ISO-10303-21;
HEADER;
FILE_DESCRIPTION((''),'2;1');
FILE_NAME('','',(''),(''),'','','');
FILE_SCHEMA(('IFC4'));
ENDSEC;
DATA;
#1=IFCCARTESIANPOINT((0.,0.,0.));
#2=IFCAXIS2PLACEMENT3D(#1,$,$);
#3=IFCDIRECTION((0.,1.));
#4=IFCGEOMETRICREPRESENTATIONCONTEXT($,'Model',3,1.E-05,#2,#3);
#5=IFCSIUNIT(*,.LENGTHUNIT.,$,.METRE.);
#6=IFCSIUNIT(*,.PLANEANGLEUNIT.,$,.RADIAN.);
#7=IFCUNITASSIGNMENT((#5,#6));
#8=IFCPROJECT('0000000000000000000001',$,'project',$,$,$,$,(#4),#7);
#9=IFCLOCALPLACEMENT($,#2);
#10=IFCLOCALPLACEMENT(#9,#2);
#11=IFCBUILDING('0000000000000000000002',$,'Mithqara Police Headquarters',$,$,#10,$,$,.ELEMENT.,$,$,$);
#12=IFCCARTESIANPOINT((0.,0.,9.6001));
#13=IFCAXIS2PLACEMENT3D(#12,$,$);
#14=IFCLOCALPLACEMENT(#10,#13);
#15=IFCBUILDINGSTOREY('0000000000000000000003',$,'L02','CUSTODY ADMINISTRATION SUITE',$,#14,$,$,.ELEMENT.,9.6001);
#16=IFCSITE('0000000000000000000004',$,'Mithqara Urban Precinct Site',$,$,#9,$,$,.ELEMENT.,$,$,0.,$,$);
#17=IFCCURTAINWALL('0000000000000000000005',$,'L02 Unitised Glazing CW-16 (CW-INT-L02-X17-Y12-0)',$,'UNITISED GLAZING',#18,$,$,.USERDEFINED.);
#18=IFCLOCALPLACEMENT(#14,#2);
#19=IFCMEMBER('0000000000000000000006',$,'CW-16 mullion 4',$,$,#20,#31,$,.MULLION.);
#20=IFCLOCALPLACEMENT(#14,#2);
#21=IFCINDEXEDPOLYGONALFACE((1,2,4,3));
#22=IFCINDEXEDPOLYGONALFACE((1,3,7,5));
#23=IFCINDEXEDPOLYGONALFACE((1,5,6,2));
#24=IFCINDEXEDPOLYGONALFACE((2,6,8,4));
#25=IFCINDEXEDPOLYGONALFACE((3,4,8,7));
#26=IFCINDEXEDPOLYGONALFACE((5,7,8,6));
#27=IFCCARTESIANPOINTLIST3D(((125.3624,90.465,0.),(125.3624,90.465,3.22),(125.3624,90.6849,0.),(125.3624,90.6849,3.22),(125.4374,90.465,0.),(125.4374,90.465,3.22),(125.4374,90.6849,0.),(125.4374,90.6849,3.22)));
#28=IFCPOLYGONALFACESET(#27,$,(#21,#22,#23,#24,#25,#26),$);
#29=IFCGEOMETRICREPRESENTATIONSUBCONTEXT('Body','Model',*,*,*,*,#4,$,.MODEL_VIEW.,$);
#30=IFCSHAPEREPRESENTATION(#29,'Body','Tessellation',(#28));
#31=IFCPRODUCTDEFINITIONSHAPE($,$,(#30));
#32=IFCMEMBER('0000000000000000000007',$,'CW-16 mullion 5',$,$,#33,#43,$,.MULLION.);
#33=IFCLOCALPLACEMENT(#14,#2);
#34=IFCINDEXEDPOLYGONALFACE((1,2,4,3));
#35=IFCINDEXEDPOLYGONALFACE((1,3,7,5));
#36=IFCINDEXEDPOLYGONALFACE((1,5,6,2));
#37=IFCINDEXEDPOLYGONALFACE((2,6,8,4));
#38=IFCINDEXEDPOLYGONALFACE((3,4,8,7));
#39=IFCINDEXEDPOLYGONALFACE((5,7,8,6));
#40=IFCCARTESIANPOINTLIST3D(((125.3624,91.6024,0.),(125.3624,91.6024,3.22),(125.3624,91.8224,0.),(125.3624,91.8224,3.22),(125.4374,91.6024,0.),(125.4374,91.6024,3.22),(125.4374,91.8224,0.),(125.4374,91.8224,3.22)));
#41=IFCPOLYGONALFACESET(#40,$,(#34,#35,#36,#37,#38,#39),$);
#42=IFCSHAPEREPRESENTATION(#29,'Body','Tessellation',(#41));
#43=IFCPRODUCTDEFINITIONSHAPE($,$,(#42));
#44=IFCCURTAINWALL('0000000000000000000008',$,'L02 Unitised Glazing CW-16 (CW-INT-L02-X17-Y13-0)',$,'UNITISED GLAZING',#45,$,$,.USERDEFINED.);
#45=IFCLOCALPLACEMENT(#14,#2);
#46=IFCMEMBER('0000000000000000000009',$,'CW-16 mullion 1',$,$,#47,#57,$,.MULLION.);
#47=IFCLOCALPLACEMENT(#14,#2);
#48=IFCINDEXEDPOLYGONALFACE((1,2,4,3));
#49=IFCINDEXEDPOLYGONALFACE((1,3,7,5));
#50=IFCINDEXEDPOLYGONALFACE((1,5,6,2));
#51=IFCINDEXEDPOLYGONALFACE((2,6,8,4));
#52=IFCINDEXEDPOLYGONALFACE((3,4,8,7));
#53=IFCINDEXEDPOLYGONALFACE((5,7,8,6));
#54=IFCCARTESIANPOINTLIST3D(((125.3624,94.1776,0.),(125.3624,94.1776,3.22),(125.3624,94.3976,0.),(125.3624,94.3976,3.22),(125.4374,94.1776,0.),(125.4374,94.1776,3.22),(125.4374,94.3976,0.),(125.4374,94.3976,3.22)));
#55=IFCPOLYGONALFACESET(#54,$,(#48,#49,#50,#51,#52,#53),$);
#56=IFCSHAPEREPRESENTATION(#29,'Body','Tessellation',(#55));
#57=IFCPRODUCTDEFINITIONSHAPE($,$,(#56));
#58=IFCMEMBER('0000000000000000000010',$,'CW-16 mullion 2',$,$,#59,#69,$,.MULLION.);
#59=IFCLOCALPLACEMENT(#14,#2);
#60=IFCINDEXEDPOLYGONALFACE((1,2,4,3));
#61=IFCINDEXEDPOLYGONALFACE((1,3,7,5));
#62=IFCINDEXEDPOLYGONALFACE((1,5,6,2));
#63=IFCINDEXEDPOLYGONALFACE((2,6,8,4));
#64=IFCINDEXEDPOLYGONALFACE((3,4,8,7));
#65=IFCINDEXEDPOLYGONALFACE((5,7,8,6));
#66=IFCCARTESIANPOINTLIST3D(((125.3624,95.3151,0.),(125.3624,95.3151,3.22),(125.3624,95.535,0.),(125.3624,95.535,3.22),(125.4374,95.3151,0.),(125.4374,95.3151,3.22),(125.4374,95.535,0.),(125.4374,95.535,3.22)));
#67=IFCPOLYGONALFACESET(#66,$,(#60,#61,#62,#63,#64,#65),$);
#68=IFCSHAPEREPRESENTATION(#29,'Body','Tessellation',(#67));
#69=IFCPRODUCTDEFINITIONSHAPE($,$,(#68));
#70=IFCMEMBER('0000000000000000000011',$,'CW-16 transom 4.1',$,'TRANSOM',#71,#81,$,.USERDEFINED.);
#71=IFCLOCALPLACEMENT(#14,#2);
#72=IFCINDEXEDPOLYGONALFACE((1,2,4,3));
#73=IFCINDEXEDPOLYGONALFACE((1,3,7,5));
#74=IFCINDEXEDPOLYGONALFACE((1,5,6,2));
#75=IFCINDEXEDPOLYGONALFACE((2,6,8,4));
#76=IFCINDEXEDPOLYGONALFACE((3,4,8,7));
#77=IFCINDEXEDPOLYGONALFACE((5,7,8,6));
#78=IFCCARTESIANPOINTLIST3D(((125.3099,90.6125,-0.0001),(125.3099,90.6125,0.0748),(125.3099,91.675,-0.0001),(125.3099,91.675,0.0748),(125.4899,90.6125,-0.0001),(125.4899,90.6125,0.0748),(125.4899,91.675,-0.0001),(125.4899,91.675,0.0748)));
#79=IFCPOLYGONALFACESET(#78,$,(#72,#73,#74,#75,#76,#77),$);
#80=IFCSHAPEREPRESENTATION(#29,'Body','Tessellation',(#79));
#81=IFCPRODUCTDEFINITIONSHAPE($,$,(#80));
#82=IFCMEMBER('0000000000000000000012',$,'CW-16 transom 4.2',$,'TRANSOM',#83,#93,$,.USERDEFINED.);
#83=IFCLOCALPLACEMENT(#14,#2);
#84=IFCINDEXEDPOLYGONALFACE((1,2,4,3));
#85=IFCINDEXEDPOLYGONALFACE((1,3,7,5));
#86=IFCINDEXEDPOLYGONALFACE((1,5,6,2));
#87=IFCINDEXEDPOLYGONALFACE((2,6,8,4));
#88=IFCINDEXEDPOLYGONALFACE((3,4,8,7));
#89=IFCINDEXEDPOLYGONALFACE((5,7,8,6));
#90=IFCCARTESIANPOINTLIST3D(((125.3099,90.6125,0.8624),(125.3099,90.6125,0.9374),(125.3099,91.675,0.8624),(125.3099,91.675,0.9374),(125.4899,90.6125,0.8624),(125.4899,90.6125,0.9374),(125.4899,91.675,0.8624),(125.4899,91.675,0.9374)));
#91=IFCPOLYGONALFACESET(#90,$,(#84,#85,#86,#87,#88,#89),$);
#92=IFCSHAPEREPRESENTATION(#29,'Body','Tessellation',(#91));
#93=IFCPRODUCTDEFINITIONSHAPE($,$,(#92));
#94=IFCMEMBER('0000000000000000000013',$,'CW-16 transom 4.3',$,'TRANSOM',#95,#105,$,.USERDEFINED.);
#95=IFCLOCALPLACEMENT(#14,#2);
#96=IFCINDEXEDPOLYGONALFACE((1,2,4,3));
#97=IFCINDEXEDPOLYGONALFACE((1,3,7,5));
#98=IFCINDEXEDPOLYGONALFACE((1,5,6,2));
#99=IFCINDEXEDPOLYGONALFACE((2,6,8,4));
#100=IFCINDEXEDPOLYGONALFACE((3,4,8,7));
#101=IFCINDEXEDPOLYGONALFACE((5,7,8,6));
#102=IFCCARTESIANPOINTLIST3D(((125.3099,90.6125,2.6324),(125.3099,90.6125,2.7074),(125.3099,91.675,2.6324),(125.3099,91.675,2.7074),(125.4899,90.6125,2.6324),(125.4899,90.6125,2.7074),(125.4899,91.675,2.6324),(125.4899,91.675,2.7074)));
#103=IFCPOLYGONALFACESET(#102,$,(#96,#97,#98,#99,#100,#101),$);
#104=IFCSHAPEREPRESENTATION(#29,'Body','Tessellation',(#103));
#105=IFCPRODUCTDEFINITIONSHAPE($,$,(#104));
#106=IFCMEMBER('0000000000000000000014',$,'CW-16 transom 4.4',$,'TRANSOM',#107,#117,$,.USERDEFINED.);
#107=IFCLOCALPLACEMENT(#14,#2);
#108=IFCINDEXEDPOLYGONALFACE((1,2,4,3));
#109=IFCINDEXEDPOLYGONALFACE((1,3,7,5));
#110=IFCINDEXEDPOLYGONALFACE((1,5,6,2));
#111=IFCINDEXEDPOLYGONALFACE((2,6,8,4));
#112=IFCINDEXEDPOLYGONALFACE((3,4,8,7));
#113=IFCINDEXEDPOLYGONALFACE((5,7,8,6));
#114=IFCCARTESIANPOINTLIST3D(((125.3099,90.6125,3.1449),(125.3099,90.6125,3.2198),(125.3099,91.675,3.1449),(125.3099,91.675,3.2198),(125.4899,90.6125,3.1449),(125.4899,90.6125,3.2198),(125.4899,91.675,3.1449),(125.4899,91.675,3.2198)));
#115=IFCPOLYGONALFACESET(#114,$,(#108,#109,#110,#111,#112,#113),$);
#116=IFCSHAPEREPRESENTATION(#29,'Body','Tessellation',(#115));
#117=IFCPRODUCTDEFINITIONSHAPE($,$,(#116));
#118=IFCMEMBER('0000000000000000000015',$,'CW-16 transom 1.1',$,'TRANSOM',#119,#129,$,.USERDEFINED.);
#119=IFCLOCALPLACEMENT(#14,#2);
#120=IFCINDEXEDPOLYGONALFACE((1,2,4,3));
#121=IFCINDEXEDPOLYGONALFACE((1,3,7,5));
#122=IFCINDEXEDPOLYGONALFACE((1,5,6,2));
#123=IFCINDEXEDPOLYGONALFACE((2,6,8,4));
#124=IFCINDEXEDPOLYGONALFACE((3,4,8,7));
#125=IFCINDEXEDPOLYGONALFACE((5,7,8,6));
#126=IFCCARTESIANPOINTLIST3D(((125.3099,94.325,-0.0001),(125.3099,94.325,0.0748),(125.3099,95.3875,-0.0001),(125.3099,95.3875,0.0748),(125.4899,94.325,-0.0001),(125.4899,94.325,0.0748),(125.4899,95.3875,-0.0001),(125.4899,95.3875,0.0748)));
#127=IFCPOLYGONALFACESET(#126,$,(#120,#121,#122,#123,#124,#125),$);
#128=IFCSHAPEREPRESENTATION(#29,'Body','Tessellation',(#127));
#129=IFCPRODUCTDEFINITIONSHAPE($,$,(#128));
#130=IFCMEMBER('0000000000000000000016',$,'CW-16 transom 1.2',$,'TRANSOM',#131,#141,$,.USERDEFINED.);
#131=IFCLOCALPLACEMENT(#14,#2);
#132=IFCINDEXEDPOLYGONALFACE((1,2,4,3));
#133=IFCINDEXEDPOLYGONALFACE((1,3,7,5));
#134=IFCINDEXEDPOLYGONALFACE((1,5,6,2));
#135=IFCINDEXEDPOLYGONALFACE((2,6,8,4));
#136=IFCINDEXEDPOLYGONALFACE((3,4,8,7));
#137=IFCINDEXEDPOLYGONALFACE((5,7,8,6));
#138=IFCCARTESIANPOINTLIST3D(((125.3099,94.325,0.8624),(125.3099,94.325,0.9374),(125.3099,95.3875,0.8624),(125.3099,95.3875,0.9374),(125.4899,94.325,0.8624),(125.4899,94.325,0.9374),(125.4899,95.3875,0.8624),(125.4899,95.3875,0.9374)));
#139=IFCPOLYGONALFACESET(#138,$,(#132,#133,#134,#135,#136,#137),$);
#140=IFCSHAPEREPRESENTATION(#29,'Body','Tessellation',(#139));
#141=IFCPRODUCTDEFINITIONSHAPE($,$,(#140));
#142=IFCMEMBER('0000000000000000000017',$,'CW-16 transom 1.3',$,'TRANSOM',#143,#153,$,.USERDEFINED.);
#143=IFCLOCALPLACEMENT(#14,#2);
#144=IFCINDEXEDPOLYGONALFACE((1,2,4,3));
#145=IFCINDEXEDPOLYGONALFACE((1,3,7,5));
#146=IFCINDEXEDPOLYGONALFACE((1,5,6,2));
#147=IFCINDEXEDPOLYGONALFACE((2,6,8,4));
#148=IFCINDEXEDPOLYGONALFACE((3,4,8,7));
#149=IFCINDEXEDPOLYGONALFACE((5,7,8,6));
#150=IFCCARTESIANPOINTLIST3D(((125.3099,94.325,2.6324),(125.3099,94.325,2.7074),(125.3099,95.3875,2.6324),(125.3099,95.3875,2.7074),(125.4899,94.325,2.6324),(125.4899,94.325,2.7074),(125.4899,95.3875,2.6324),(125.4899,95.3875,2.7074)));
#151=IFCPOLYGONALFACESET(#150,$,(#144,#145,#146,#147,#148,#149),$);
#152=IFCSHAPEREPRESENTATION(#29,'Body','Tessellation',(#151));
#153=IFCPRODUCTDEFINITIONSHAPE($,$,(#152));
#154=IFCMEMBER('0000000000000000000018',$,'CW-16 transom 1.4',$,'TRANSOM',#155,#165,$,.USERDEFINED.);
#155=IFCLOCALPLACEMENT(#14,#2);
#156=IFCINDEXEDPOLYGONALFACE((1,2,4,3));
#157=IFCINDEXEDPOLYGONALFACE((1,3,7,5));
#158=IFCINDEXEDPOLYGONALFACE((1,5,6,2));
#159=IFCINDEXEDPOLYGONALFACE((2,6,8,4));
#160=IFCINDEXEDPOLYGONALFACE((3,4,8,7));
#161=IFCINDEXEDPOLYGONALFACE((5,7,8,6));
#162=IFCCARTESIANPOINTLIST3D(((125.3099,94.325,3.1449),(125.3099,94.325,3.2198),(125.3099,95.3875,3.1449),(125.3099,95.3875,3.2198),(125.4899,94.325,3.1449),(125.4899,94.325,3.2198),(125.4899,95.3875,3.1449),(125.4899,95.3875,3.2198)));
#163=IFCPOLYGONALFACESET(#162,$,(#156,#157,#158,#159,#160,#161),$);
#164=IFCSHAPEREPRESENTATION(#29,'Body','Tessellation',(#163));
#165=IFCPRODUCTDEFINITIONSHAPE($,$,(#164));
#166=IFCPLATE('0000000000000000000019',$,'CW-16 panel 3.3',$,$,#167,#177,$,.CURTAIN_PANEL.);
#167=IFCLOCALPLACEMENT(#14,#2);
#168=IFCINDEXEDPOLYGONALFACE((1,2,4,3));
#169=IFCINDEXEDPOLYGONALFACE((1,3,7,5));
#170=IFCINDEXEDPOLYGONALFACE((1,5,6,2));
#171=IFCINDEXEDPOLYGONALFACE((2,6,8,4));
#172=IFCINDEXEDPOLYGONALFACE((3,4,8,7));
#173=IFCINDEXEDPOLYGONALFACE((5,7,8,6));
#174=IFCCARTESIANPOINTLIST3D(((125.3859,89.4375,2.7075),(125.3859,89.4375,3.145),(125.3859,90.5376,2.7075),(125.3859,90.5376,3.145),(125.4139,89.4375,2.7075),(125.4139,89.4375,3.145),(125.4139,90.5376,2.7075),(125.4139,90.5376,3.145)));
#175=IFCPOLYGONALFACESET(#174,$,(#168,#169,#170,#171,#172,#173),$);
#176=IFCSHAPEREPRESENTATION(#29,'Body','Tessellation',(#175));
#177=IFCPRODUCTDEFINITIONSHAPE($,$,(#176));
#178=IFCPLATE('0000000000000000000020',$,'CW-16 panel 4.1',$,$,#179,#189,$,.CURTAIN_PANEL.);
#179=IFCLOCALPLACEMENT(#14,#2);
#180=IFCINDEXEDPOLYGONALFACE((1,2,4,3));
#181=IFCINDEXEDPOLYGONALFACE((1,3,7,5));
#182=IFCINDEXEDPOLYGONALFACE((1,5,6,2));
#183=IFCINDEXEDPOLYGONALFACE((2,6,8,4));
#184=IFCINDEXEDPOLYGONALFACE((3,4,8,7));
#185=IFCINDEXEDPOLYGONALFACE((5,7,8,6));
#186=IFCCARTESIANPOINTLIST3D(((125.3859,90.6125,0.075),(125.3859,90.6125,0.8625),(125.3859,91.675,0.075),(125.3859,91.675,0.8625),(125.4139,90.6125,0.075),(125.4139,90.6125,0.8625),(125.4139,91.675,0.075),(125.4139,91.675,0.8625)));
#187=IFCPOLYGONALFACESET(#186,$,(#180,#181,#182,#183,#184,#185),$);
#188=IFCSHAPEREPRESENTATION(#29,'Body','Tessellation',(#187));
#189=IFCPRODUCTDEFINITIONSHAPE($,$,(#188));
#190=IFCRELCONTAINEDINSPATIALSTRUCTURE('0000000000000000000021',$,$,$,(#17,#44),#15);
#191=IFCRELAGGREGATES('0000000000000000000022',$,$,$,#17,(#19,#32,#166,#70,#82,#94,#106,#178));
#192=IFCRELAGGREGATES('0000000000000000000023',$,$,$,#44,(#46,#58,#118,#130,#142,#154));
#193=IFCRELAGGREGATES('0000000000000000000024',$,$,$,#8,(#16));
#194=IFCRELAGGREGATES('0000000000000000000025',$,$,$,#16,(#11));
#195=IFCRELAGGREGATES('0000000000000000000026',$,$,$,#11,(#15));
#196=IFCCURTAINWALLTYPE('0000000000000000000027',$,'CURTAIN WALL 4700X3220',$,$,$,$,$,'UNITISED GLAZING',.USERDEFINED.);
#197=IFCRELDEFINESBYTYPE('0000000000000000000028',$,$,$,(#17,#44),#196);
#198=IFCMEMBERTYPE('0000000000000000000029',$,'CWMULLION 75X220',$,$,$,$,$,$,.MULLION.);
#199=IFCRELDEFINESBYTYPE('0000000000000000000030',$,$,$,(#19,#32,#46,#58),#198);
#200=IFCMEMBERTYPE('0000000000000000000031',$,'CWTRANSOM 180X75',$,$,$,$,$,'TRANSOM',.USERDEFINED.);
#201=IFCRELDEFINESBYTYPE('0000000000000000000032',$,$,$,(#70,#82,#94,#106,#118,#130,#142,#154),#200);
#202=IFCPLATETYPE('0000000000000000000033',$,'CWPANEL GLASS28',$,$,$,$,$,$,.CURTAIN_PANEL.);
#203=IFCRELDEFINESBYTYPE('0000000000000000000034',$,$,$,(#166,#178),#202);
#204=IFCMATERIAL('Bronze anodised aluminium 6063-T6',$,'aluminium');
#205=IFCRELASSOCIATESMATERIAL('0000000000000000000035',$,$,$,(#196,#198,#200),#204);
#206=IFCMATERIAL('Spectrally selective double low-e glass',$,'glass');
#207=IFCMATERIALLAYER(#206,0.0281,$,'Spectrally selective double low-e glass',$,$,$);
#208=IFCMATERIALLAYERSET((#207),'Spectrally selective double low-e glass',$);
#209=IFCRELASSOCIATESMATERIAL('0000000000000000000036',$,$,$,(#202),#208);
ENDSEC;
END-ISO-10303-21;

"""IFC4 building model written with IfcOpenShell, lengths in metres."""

from ifc_helpers import new_model, si_unit, direction, frame, origin, origin_2d, place, context, subcontext, project, spatial, rectangle, extrude, material, layer, layer_set, material_profile, profile_set, type_object, element, aggregate, save


model = new_model("IFC4")

# Units and contexts
model_context = context("Model", 3, precision=1e-05, world=origin(), true_north=direction((0.0, 1.0)))
body_context = subcontext(model_context, "Body", "Model", "MODEL_VIEW")
ifc_project = project(units=[si_unit("LENGTHUNIT", "METRE"), si_unit("PLANEANGLEUNIT", "RADIAN")], contexts=[model_context])

# Site, building, storey
site_placement = place(None, origin())
site = spatial("IfcSite", under=ifc_project, at=site_placement, Name="Mithqara Urban Precinct Site", CompositionType="ELEMENT", RefElevation=0.0)
building_placement = place(site_placement, origin())
building = spatial("IfcBuilding", under=site, at=building_placement, Name="Mithqara Police Headquarters", CompositionType="ELEMENT")
storey_placement = place(building_placement, frame((0.0, 0.0, 9.6001)))
storey = spatial("IfcBuildingStorey", under=building, at=storey_placement, Name="L02", Description="CUSTODY ADMINISTRATION SUITE", CompositionType="ELEMENT", Elevation=9.6001)

# Curtain walls, members
ifc_material_1 = material(Name="Bronze anodised aluminium 6063-T6", Category="aluminium")
curtain_wall_type = type_object("IfcCurtainWallType", Name="CURTAIN WALL 4700X3220", ElementType="UNITISED GLAZING", PredefinedType="USERDEFINED", material=ifc_material_1)
curtain_wall_1_placement = place(storey_placement, origin())
curtain_wall_1 = element("IfcCurtainWall", 1, at=curtain_wall_1_placement, inside=storey, type_object=curtain_wall_type, Name="L02 Unitised Glazing CW-16 (CW-INT-L02-X17-Y12-0)", ObjectType="UNITISED GLAZING", PredefinedType="USERDEFINED")
ifc_material_profile_1 = material_profile(ifc_material_1, rectangle(XDim=0.075, YDim=0.22, at=origin_2d()), Name="CWM 75x220")
ifc_profile_set_1 = profile_set([ifc_material_profile_1], Name="Bronze anodised aluminium 6063-T6")
member_type_1 = type_object("IfcMemberType", Name="CWMULLION 75X220", PredefinedType="MULLION", material=ifc_profile_set_1)
member_1_placement = place(storey_placement, frame((125.3999, 90.575, 0.0), z_axis=(0.0, 0.0, 1.0), x_axis=(-1.0, 0.0, 0.0)))
member_1 = element("IfcMember", 2, at=member_1_placement, type_object=member_type_1, Name="CW-16 mullion 4", PredefinedType="MULLION", context=body_context, shape_type="SweptSolid", body=[
    extrude(rectangle(XDim=0.075, YDim=0.22, at=origin_2d()), origin(), (0.0, 0.0, 1.0), 3.22),
])
member_2_placement = place(storey_placement, frame((125.3999, 91.7124, 0.0), z_axis=(0.0, 0.0, 1.0), x_axis=(-1.0, 0.0, 0.0)))
member_2 = element("IfcMember", 3, at=member_2_placement, type_object=member_type_1, Name="CW-16 mullion 5", PredefinedType="MULLION", context=body_context, shape_type="SweptSolid", body=[
    extrude(rectangle(XDim=0.075, YDim=0.22, at=origin_2d()), origin(), (0.0, 0.0, 1.0), 3.22),
])
curtain_wall_2_placement = place(storey_placement, origin())
curtain_wall_2 = element("IfcCurtainWall", 4, at=curtain_wall_2_placement, inside=storey, type_object=curtain_wall_type, Name="L02 Unitised Glazing CW-16 (CW-INT-L02-X17-Y13-0)", ObjectType="UNITISED GLAZING", PredefinedType="USERDEFINED")
member_3_placement = place(storey_placement, frame((125.3999, 94.2876, 0.0), z_axis=(0.0, 0.0, 1.0), x_axis=(-1.0, 0.0, 0.0)))
member_3 = element("IfcMember", 5, at=member_3_placement, type_object=member_type_1, Name="CW-16 mullion 1", PredefinedType="MULLION", context=body_context, shape_type="SweptSolid", body=[
    extrude(rectangle(XDim=0.075, YDim=0.22, at=origin_2d()), origin(), (0.0, 0.0, 1.0), 3.22),
])
member_4_placement = place(storey_placement, frame((125.3999, 95.425, 0.0), z_axis=(0.0, 0.0, 1.0), x_axis=(-1.0, 0.0, 0.0)))
member_4 = element("IfcMember", 6, at=member_4_placement, type_object=member_type_1, Name="CW-16 mullion 2", PredefinedType="MULLION", context=body_context, shape_type="SweptSolid", body=[
    extrude(rectangle(XDim=0.075, YDim=0.22, at=origin_2d()), origin(), (0.0, 0.0, 1.0), 3.22),
])

# Members
ifc_material_profile_2 = material_profile(ifc_material_1, rectangle(XDim=0.1799, YDim=0.075, at=origin_2d()), Name="CWT 180x75")
ifc_profile_set_2 = profile_set([ifc_material_profile_2], Name="Bronze anodised aluminium 6063-T6")
member_type_2 = type_object("IfcMemberType", Name="CWTRANSOM 180X75", ElementType="TRANSOM", PredefinedType="USERDEFINED", material=ifc_profile_set_2)
member_5_placement = place(storey_placement, frame((125.3999, 90.6125, 0.0374), z_axis=(0.0, 1.0, 0.0), x_axis=(-1.0, 0.0, 0.0)))
member_5 = element("IfcMember", 7, at=member_5_placement, type_object=member_type_2, Name="CW-16 transom 4.1", ObjectType="TRANSOM", PredefinedType="USERDEFINED", context=body_context, shape_type="SweptSolid", body=[
    extrude(rectangle(XDim=0.1799, YDim=0.075, at=origin_2d()), origin(), (0.0, 0.0, 1.0), 1.0625),
])
member_6_placement = place(storey_placement, frame((125.3999, 90.6125, 0.8999), z_axis=(0.0, 1.0, 0.0), x_axis=(-1.0, 0.0, 0.0)))
member_6 = element("IfcMember", 8, at=member_6_placement, type_object=member_type_2, Name="CW-16 transom 4.2", ObjectType="TRANSOM", PredefinedType="USERDEFINED", context=body_context, shape_type="SweptSolid", body=[
    extrude(rectangle(XDim=0.1799, YDim=0.075, at=origin_2d()), origin(), (0.0, 0.0, 1.0), 1.0625),
])
member_7_placement = place(storey_placement, frame((125.3999, 90.6125, 2.6699), z_axis=(0.0, 1.0, 0.0), x_axis=(-1.0, 0.0, 0.0)))
member_7 = element("IfcMember", 9, at=member_7_placement, type_object=member_type_2, Name="CW-16 transom 4.3", ObjectType="TRANSOM", PredefinedType="USERDEFINED", context=body_context, shape_type="SweptSolid", body=[
    extrude(rectangle(XDim=0.1799, YDim=0.075, at=origin_2d()), origin(), (0.0, 0.0, 1.0), 1.0625),
])
member_8_placement = place(storey_placement, frame((125.3999, 90.6125, 3.1824), z_axis=(0.0, 1.0, 0.0), x_axis=(-1.0, 0.0, 0.0)))
member_8 = element("IfcMember", 10, at=member_8_placement, type_object=member_type_2, Name="CW-16 transom 4.4", ObjectType="TRANSOM", PredefinedType="USERDEFINED", context=body_context, shape_type="SweptSolid", body=[
    extrude(rectangle(XDim=0.1799, YDim=0.075, at=origin_2d()), origin(), (0.0, 0.0, 1.0), 1.0625),
])
member_9_placement = place(storey_placement, frame((125.3999, 94.325, 0.0374), z_axis=(0.0, 1.0, 0.0), x_axis=(-1.0, 0.0, 0.0)))
member_9 = element("IfcMember", 11, at=member_9_placement, type_object=member_type_2, Name="CW-16 transom 1.1", ObjectType="TRANSOM", PredefinedType="USERDEFINED", context=body_context, shape_type="SweptSolid", body=[
    extrude(rectangle(XDim=0.1799, YDim=0.075, at=origin_2d()), origin(), (0.0, 0.0, 1.0), 1.0625),
])
member_10_placement = place(storey_placement, frame((125.3999, 94.325, 0.8999), z_axis=(0.0, 1.0, 0.0), x_axis=(-1.0, 0.0, 0.0)))
member_10 = element("IfcMember", 12, at=member_10_placement, type_object=member_type_2, Name="CW-16 transom 1.2", ObjectType="TRANSOM", PredefinedType="USERDEFINED", context=body_context, shape_type="SweptSolid", body=[
    extrude(rectangle(XDim=0.1799, YDim=0.075, at=origin_2d()), origin(), (0.0, 0.0, 1.0), 1.0625),
])
member_11_placement = place(storey_placement, frame((125.3999, 94.325, 2.6699), z_axis=(0.0, 1.0, 0.0), x_axis=(-1.0, 0.0, 0.0)))
member_11 = element("IfcMember", 13, at=member_11_placement, type_object=member_type_2, Name="CW-16 transom 1.3", ObjectType="TRANSOM", PredefinedType="USERDEFINED", context=body_context, shape_type="SweptSolid", body=[
    extrude(rectangle(XDim=0.1799, YDim=0.075, at=origin_2d()), origin(), (0.0, 0.0, 1.0), 1.0625),
])
member_12_placement = place(storey_placement, frame((125.3999, 94.325, 3.1824), z_axis=(0.0, 1.0, 0.0), x_axis=(-1.0, 0.0, 0.0)))
member_12 = element("IfcMember", 14, at=member_12_placement, type_object=member_type_2, Name="CW-16 transom 1.4", ObjectType="TRANSOM", PredefinedType="USERDEFINED", context=body_context, shape_type="SweptSolid", body=[
    extrude(rectangle(XDim=0.1799, YDim=0.075, at=origin_2d()), origin(), (0.0, 0.0, 1.0), 1.0625),
])

# Plates
ifc_material_2 = material(Name="Spectrally selective double low-e glass", Category="glass")
ifc_layer = layer(ifc_material_2, 0.0281, Name="Spectrally selective double low-e glass")
ifc_layer_set = layer_set([ifc_layer], Name="Spectrally selective double low-e glass")
plate_type = type_object("IfcPlateType", Name="CWPANEL GLASS28", PredefinedType="CURTAIN_PANEL", material=ifc_layer_set)
plate_1_placement = place(storey_placement, frame((125.3999, 89.9875, 2.7075), z_axis=(0.0, 0.0, 1.0), x_axis=(0.0, 1.0, 0.0)))
plate_1 = element("IfcPlate", 15, at=plate_1_placement, type_object=plate_type, Name="CW-16 panel 3.3", PredefinedType="CURTAIN_PANEL", context=body_context, shape_type="SweptSolid", body=[
    extrude(rectangle(XDim=1.1001, YDim=0.0281, at=origin_2d()), origin(), (0.0, 0.0, 1.0), 0.4375),
])
plate_2_placement = place(storey_placement, frame((125.3999, 91.1438, 0.075), z_axis=(0.0, 0.0, 1.0), x_axis=(0.0, 1.0, 0.0)))
plate_2 = element("IfcPlate", 16, at=plate_2_placement, type_object=plate_type, Name="CW-16 panel 4.1", PredefinedType="CURTAIN_PANEL", context=body_context, shape_type="SweptSolid", body=[
    extrude(rectangle(XDim=1.0625, YDim=0.0281, at=origin_2d()), origin(), (0.0, 0.0, 1.0), 0.7876),
])
aggregate(curtain_wall_1, [member_1, member_2, plate_1, member_5, member_6, member_7, member_8, plate_2])
aggregate(curtain_wall_2, [member_3, member_4, member_9, member_10, member_11, member_12])

save(model, "model.ifc")
